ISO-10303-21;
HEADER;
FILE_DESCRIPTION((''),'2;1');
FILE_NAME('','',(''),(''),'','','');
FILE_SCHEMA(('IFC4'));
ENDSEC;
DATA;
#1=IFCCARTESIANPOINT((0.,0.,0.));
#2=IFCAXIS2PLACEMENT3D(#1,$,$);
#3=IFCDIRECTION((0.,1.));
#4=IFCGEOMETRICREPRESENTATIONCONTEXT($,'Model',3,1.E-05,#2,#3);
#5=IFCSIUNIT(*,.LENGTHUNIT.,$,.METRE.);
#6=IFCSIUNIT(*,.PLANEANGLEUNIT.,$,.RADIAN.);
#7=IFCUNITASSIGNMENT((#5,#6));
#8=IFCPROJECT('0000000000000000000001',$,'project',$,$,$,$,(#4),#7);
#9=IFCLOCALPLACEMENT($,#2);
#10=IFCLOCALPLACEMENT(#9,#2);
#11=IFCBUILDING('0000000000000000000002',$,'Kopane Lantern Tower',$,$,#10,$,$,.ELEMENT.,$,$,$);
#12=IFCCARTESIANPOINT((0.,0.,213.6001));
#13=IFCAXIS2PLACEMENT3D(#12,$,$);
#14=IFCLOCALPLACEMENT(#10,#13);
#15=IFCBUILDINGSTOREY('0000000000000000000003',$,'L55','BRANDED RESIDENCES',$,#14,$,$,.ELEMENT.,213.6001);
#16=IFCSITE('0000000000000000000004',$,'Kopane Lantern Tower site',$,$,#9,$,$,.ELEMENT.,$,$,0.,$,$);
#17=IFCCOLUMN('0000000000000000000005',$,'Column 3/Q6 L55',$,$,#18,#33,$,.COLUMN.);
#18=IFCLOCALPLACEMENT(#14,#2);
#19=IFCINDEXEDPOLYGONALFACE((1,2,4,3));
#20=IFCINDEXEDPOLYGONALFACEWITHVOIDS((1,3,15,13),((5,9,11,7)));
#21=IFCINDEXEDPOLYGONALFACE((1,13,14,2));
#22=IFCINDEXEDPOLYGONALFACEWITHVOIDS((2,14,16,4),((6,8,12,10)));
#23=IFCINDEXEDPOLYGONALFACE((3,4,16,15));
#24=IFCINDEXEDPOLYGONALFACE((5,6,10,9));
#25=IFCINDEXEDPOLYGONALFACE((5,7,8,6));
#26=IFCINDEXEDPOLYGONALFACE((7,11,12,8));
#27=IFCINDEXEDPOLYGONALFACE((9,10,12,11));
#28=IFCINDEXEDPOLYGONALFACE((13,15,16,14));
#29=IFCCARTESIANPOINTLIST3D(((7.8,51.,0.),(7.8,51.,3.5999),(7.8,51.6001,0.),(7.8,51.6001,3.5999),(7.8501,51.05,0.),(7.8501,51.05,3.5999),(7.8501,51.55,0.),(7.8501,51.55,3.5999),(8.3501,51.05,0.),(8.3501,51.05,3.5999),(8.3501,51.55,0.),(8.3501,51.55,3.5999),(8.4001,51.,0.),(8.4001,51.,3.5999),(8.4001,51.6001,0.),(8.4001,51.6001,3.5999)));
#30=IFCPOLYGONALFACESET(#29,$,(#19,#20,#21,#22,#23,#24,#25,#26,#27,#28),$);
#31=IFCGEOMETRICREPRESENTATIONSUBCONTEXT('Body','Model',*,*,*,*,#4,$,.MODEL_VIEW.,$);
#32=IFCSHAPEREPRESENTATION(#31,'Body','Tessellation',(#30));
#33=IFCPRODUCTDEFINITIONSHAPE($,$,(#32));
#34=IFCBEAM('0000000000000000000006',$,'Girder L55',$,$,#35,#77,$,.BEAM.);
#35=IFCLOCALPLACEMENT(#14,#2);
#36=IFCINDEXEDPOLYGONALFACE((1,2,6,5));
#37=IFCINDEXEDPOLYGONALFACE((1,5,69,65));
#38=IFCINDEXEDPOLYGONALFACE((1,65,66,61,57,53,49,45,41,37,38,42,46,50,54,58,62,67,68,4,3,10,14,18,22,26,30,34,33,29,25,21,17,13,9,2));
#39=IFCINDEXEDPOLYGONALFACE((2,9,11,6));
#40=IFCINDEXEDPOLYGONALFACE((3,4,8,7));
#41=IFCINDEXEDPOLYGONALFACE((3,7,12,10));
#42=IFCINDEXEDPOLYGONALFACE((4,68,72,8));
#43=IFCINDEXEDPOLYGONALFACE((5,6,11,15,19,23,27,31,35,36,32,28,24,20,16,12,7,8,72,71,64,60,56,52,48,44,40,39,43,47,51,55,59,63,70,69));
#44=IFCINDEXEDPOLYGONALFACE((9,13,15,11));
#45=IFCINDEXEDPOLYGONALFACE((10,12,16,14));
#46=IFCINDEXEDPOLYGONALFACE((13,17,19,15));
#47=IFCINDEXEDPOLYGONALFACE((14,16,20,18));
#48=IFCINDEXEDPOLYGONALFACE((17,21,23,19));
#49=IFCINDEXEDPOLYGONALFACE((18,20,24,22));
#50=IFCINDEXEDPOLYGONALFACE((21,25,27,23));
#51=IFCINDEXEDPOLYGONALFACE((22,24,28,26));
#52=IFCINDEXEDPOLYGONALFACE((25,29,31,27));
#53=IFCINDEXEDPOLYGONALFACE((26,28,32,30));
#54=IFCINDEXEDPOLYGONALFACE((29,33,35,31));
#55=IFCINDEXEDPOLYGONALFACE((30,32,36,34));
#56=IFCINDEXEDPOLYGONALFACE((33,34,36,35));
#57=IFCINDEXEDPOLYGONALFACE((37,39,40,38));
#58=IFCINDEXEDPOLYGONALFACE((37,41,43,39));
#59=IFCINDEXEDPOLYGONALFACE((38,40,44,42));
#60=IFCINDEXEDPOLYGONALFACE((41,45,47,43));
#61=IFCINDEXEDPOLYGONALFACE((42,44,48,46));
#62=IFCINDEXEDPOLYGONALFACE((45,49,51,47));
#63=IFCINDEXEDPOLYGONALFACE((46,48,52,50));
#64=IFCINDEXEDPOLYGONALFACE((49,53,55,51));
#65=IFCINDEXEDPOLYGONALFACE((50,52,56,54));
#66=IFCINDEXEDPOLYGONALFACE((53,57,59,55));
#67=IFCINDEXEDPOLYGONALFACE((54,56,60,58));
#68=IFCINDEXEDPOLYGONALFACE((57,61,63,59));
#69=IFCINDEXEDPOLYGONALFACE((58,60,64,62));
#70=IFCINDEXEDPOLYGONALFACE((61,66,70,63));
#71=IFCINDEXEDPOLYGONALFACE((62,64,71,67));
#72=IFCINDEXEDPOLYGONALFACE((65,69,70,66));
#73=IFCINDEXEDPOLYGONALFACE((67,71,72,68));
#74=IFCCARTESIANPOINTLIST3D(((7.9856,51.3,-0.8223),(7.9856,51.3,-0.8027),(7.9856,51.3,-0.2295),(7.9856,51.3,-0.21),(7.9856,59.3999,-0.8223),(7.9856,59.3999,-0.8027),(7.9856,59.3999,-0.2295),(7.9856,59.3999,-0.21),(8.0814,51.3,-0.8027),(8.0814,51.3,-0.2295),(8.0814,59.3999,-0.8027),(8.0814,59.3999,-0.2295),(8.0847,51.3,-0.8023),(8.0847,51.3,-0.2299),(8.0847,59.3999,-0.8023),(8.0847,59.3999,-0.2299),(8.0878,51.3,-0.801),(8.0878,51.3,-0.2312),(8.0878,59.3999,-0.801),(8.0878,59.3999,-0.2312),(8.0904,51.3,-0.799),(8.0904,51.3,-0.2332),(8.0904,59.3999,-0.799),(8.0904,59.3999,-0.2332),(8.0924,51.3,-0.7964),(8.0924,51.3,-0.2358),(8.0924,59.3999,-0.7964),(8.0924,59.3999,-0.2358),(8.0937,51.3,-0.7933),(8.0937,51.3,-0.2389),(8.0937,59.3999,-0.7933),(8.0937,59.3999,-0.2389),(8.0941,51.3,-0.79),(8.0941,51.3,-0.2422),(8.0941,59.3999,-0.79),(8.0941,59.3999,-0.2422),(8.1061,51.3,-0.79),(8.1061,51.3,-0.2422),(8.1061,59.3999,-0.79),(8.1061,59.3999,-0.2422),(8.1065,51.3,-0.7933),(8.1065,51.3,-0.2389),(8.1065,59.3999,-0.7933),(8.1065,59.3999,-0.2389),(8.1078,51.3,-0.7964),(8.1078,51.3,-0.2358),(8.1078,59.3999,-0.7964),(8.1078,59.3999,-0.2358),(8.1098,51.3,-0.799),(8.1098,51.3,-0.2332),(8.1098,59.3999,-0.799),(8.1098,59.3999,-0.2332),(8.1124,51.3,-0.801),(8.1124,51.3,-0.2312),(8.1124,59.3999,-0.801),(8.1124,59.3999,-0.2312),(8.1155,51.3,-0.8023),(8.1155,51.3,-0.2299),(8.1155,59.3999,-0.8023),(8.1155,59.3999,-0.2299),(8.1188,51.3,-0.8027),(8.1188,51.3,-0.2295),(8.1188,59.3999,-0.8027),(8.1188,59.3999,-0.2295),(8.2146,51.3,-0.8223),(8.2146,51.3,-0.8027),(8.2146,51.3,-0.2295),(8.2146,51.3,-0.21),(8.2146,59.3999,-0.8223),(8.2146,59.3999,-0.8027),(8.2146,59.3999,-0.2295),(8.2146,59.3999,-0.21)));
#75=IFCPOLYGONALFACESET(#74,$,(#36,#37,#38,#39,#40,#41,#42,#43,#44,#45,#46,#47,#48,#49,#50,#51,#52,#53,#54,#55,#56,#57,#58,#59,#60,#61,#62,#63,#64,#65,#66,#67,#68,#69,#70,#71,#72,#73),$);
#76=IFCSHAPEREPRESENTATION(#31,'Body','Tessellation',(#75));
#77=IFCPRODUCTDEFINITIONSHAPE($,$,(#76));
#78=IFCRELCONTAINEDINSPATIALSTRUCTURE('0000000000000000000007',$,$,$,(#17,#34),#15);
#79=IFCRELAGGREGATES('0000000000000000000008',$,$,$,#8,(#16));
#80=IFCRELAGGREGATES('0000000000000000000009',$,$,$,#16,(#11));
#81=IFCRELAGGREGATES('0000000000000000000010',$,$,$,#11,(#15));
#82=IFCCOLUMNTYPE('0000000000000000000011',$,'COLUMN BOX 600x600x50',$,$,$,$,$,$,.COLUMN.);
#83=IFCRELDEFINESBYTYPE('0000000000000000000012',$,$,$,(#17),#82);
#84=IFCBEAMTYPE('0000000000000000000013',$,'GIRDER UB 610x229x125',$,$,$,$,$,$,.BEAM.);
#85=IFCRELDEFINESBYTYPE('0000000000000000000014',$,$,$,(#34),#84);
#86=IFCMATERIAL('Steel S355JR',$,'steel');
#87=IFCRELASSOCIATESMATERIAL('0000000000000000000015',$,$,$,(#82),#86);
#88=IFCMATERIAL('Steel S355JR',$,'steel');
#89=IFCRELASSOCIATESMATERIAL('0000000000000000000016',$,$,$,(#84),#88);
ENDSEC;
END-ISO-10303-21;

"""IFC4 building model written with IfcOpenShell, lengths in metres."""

from ifc_helpers import new_model, si_unit, direction, frame, origin, origin_2d, place, context, subcontext, project, spatial, hollow_rectangle, i_section, extrude, material, material_profile, profile_set, type_object, element, save


model = new_model("IFC4")

# Units and contexts
model_context = context("Model", 3, precision=1e-05, world=origin(), true_north=direction((0.0, 1.0)))
body_context = subcontext(model_context, "Body", "Model", "MODEL_VIEW")
ifc_project = project(units=[si_unit("LENGTHUNIT", "METRE"), si_unit("PLANEANGLEUNIT", "RADIAN")], contexts=[model_context])

# Site, building, storey
site_placement = place(None, origin())
site = spatial("IfcSite", under=ifc_project, at=site_placement, Name="Kopane Lantern Tower site", CompositionType="ELEMENT", RefElevation=0.0)
building_placement = place(site_placement, origin())
building = spatial("IfcBuilding", under=site, at=building_placement, Name="Kopane Lantern Tower", CompositionType="ELEMENT")
storey_placement = place(building_placement, frame((0.0, 0.0, 213.6001)))
storey = spatial("IfcBuildingStorey", under=building, at=storey_placement, Name="L55", Description="BRANDED RESIDENCES", CompositionType="ELEMENT", Elevation=213.6001)

# Column
ifc_material_1 = material(Name="Steel S355JR", Category="steel")
ifc_material_profile_1 = material_profile(ifc_material_1, hollow_rectangle(XDim=0.6001, YDim=0.6001, WallThickness=0.05, at=origin_2d()), Name="BOX 600x600x50")
ifc_profile_set_1 = profile_set([ifc_material_profile_1], Name="Steel S355JR")
column_type = type_object("IfcColumnType", Name="COLUMN BOX 600x600x50", PredefinedType="COLUMN", material=ifc_profile_set_1)
column_placement = place(storey_placement, frame((8.1001, 51.3, 0.0), z_axis=(0.0, 0.0, 1.0), x_axis=(1.0, 0.0, 0.0)))
element("IfcColumn", 1, at=column_placement, inside=storey, type_object=column_type, Name="Column 3/Q6 L55", PredefinedType="COLUMN", context=body_context, shape_type="SweptSolid", body=[
    extrude(hollow_rectangle(XDim=0.6001, YDim=0.6001, WallThickness=0.05, at=origin_2d()), origin(), (0.0, 0.0, 1.0), 3.5999),
])

# Beam
ifc_material_2 = material(Name="Steel S355JR", Category="steel")
ifc_material_profile_2 = material_profile(ifc_material_2, i_section(OverallWidth=0.229, OverallDepth=0.6123, WebThickness=0.012, FlangeThickness=0.0195, FilletRadius=0.0127, at=origin_2d()), Name="UB 610x229x125")
ifc_profile_set_2 = profile_set([ifc_material_profile_2], Name="Steel S355JR")
beam_type = type_object("IfcBeamType", Name="GIRDER UB 610x229x125", PredefinedType="BEAM", material=ifc_profile_set_2)
beam_placement = place(storey_placement, frame((8.1001, 51.3, -0.5161), z_axis=(0.0, 1.0, 0.0), x_axis=(-1.0, 0.0, 0.0)))
element("IfcBeam", 2, at=beam_placement, inside=storey, type_object=beam_type, Name="Girder L55", PredefinedType="BEAM", context=body_context, shape_type="SweptSolid", body=[
    extrude(i_section(OverallWidth=0.229, OverallDepth=0.6123, WebThickness=0.012, FlangeThickness=0.0195, FilletRadius=0.0127, at=origin_2d()), origin(), (0.0, 0.0, 1.0), 8.0999),
])

save(model, "model.ifc")
